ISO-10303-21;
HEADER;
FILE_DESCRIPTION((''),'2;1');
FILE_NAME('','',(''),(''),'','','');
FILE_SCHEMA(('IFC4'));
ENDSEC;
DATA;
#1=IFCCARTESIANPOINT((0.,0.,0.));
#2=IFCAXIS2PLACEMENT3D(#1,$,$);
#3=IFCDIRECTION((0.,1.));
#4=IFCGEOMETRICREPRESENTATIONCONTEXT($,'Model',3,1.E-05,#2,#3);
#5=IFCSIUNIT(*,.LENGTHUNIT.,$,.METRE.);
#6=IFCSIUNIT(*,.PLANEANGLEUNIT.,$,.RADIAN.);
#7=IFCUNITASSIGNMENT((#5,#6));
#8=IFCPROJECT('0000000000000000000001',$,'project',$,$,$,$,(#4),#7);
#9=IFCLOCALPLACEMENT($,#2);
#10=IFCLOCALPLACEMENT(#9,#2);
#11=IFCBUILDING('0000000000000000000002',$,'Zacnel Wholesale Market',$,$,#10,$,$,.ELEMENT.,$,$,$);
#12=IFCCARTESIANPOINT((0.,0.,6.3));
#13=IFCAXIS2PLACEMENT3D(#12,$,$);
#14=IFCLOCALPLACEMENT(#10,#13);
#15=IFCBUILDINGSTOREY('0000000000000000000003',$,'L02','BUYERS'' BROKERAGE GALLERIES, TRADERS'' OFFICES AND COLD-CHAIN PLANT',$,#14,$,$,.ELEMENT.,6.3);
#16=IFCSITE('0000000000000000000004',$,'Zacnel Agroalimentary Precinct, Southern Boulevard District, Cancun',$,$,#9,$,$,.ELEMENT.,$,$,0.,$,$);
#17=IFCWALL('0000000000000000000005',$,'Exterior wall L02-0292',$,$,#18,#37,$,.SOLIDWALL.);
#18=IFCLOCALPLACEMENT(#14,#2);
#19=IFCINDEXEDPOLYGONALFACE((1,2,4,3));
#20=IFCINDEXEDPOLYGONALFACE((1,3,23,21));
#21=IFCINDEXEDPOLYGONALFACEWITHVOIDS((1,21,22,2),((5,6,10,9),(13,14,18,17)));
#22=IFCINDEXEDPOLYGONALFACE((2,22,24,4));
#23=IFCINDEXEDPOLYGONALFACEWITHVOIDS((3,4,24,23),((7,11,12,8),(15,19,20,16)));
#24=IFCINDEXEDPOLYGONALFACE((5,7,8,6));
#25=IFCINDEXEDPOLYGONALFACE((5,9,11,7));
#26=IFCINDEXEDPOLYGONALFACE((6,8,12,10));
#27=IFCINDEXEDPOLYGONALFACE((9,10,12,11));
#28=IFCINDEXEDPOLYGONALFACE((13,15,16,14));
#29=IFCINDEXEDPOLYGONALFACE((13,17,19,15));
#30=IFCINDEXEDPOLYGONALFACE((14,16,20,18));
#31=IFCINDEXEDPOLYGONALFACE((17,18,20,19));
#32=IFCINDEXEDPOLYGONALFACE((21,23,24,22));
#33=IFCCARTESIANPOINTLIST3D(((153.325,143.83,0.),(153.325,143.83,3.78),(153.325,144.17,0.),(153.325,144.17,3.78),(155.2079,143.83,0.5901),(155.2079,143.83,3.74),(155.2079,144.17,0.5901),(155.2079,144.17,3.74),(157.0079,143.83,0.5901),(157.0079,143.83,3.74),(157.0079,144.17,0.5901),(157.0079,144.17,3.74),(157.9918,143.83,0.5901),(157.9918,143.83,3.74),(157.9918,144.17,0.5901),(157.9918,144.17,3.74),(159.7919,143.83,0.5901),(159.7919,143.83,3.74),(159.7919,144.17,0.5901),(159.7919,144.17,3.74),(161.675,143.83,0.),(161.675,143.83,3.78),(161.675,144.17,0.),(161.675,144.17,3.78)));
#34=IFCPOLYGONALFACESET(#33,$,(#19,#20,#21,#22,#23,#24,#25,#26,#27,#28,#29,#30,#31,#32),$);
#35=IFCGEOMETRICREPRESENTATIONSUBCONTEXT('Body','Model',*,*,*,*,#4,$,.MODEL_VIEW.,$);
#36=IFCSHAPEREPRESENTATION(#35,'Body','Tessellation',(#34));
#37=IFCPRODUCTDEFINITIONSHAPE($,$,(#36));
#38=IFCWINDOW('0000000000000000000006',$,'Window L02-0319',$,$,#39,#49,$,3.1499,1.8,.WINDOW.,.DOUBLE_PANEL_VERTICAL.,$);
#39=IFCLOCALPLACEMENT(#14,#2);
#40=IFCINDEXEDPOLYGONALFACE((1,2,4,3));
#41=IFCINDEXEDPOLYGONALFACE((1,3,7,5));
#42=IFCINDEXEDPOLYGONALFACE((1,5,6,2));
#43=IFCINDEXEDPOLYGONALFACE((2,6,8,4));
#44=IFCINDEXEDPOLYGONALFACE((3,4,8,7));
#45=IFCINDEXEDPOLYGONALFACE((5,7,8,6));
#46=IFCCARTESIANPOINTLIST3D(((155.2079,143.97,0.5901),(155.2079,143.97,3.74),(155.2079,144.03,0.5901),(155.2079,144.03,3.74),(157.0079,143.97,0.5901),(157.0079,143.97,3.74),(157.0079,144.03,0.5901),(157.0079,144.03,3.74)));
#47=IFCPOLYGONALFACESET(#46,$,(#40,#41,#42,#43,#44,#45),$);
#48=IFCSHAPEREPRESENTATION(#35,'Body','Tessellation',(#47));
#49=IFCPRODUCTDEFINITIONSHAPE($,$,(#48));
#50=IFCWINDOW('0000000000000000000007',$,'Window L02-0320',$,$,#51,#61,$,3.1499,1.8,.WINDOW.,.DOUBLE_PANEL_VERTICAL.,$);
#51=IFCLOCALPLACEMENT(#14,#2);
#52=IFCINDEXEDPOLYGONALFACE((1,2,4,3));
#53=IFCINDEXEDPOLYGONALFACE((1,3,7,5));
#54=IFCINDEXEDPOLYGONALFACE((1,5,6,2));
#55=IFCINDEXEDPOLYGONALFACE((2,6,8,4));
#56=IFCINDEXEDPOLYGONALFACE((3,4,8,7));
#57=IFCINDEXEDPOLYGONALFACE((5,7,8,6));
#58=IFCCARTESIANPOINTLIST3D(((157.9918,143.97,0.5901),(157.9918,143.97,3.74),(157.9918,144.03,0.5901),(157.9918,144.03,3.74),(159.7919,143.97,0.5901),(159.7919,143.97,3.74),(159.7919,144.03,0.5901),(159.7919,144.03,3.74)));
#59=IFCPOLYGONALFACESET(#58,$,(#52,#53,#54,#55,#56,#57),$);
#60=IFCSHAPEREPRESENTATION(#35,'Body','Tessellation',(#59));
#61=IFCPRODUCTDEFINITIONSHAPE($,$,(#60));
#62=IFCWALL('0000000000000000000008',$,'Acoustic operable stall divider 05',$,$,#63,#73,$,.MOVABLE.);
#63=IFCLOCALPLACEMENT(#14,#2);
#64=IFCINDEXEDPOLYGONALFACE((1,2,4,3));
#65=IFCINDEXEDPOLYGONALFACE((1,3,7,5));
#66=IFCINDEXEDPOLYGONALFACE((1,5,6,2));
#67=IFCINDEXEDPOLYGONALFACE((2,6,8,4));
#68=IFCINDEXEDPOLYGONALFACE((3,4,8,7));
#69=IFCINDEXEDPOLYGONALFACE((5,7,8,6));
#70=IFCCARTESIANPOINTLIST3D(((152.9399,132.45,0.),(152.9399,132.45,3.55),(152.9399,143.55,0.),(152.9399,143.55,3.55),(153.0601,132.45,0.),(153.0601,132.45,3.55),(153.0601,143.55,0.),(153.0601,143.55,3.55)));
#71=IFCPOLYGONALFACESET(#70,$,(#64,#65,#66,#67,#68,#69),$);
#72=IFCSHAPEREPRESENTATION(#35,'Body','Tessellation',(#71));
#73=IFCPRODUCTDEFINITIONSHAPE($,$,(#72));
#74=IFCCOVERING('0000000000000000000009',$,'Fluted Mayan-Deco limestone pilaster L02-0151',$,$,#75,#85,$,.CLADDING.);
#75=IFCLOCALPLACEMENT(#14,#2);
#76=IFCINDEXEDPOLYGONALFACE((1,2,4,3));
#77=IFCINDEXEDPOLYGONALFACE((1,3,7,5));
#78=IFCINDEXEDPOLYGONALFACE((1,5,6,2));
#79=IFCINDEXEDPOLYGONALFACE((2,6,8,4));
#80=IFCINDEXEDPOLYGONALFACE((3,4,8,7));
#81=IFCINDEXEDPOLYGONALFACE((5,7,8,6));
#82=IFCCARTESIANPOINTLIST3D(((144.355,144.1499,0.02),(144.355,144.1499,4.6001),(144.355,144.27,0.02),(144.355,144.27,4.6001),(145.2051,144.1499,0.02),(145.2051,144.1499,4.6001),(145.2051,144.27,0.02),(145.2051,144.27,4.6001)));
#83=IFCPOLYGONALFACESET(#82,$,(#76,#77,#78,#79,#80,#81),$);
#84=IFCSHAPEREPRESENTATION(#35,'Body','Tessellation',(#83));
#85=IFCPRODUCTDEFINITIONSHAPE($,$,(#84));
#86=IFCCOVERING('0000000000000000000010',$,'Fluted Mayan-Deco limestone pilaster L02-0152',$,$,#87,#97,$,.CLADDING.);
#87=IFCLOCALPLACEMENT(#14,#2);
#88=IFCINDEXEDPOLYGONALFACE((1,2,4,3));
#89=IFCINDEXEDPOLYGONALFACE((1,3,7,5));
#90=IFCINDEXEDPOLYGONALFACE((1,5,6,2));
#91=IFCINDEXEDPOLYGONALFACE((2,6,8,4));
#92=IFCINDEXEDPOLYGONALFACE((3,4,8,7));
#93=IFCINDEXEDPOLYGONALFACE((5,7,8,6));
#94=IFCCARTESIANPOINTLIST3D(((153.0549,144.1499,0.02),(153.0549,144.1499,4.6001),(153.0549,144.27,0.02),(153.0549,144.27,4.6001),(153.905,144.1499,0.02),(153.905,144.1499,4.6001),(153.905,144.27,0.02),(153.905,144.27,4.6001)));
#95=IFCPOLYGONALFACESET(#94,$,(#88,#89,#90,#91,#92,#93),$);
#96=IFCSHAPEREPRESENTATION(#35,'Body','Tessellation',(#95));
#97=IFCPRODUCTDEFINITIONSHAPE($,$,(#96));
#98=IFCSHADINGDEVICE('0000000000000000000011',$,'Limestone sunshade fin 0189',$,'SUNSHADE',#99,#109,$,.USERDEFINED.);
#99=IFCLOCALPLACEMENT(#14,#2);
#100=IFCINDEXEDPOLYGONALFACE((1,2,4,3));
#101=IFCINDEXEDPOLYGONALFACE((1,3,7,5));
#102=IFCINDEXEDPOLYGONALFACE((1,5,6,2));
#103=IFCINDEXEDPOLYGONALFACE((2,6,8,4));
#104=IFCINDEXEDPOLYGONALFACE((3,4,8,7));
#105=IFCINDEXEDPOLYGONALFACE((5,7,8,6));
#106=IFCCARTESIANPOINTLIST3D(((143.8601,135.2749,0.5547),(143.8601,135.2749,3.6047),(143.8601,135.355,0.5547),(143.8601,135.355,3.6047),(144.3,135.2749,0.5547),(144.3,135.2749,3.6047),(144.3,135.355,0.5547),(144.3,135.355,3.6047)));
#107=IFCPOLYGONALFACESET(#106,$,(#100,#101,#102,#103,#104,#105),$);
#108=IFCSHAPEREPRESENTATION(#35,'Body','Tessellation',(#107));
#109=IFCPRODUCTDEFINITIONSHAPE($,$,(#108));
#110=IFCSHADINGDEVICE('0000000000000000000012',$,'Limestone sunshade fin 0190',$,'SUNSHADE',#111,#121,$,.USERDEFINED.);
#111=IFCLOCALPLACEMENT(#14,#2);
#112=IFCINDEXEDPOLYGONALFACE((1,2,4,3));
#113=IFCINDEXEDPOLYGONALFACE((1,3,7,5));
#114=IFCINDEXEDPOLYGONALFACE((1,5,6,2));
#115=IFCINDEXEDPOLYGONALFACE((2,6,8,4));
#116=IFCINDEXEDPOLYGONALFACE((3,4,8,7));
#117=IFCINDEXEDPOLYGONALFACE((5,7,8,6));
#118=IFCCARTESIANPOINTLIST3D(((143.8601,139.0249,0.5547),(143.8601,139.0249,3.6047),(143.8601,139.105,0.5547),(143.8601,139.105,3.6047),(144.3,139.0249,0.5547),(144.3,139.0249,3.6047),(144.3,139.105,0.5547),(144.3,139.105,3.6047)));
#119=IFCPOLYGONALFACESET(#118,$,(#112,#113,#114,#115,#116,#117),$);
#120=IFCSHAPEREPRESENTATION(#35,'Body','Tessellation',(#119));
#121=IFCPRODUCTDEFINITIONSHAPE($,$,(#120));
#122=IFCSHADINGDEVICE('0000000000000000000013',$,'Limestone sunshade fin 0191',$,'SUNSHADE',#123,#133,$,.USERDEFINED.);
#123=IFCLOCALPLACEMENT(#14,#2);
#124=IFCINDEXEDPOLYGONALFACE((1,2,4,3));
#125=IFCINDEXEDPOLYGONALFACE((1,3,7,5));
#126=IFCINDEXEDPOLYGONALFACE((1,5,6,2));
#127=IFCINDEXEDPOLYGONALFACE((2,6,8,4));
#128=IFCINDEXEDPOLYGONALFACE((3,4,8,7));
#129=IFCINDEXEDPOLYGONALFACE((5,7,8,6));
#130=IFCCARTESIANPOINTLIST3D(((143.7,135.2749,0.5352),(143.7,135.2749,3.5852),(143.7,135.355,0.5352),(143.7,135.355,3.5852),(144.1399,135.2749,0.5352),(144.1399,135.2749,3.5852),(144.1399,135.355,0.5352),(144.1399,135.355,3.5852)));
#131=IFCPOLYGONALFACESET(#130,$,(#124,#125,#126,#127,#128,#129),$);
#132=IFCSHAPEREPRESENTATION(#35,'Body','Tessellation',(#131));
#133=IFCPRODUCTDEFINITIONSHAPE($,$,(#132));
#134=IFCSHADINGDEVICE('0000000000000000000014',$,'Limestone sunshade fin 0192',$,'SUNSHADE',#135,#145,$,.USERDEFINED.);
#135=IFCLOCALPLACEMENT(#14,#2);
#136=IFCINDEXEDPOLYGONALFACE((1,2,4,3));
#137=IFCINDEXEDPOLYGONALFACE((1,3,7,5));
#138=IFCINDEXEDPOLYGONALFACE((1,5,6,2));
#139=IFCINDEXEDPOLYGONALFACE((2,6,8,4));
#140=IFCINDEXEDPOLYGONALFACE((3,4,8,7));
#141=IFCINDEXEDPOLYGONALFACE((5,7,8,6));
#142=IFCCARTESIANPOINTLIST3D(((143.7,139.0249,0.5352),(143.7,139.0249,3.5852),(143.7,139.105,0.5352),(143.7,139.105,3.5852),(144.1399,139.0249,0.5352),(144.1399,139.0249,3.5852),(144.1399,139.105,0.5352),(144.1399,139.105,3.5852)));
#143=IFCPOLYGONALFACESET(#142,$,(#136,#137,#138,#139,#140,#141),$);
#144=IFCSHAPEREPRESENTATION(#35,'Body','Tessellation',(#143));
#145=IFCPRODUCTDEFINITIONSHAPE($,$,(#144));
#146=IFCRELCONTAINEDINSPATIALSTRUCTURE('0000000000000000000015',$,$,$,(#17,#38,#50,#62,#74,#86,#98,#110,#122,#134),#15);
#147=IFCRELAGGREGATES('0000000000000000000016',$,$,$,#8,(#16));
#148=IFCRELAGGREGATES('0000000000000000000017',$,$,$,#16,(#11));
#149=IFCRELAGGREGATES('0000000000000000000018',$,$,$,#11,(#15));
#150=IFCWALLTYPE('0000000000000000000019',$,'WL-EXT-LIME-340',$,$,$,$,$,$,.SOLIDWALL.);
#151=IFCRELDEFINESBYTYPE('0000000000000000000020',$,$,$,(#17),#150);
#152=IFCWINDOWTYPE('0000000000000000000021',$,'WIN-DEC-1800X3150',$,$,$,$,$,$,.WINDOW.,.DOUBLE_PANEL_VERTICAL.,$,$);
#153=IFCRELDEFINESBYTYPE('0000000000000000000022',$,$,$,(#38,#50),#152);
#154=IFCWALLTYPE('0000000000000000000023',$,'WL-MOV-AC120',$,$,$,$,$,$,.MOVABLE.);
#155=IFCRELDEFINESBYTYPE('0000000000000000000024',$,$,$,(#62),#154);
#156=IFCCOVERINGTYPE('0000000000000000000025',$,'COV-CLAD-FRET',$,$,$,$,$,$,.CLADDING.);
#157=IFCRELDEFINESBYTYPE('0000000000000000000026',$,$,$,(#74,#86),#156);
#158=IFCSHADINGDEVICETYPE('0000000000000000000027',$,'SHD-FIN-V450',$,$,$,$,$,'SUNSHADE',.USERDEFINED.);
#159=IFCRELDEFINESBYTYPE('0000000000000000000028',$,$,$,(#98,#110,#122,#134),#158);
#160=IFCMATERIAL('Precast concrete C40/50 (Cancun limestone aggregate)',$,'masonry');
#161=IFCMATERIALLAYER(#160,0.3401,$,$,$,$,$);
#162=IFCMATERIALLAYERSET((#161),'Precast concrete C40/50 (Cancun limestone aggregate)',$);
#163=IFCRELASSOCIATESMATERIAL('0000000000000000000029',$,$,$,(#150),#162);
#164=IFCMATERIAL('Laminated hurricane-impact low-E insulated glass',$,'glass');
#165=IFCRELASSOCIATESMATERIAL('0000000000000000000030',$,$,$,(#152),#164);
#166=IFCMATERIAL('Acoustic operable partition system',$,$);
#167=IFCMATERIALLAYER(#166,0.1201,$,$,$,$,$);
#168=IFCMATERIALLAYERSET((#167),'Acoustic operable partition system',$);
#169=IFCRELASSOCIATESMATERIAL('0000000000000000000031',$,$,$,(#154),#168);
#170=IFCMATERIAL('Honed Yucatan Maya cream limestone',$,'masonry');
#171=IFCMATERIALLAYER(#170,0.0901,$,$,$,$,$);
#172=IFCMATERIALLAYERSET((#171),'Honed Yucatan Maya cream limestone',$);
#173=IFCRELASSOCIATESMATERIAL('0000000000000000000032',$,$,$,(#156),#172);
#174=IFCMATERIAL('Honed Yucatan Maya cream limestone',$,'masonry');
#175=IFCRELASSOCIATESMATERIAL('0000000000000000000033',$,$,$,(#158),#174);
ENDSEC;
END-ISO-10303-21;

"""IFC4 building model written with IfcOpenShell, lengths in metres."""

from ifc_helpers import new_model, si_unit, direction, frame, frame_2d, origin, origin_2d, place, context, subcontext, project, spatial, rectangle, extrude, material, layer, layer_set, type_object, element, fill, save


model = new_model("IFC4")

# Units and contexts
model_context = context("Model", 3, precision=1e-05, world=origin(), true_north=direction((0.0, 1.0)))
body_context = subcontext(model_context, "Body", "Model", "MODEL_VIEW")
ifc_project = project(units=[si_unit("LENGTHUNIT", "METRE"), si_unit("PLANEANGLEUNIT", "RADIAN")], contexts=[model_context])

# Site, building, storey
site_placement = place(None, origin())
site = spatial("IfcSite", under=ifc_project, at=site_placement, Name="Zacnel Agroalimentary Precinct, Southern Boulevard District, Cancun", CompositionType="ELEMENT", RefElevation=0.0)
building_placement = place(site_placement, origin())
building = spatial("IfcBuilding", under=site, at=building_placement, Name="Zacnel Wholesale Market", CompositionType="ELEMENT")
storey_placement = place(building_placement, frame((0.0, 0.0, 6.3)))
storey = spatial("IfcBuildingStorey", under=building, at=storey_placement, Name="L02", Description="BUYERS' BROKERAGE GALLERIES, TRADERS' OFFICES AND COLD-CHAIN PLANT", CompositionType="ELEMENT", Elevation=6.3)

# Wall, openings, windows
ifc_material_1 = material(Name="Precast concrete C40/50 (Cancun limestone aggregate)", Category="masonry")
ifc_layer_1 = layer(ifc_material_1, 0.3401)
ifc_layer_set_1 = layer_set([ifc_layer_1], Name="Precast concrete C40/50 (Cancun limestone aggregate)")
wall_type_1 = type_object("IfcWallType", Name="WL-EXT-LIME-340", PredefinedType="SOLIDWALL", material=ifc_layer_set_1)
wall_1_placement = place(storey_placement, frame((153.325, 144.0, 0.0), z_axis=(0.0, 0.0, 1.0), x_axis=(1.0, 0.0, 0.0)))
wall_1 = element("IfcWall", 1, at=wall_1_placement, inside=storey, type_object=wall_type_1, Name="Exterior wall L02-0292", PredefinedType="SOLIDWALL", context=body_context, shape_type="SweptSolid", body=[
    extrude(rectangle(XDim=8.3501, YDim=0.3401, at=frame_2d((4.175, 0.0))), origin(), (0.0, 0.0, 1.0), 3.78),
])
opening_1_placement = place(wall_1_placement, frame((1.8831, 0.0, 0.5901)))
opening_1 = element("IfcOpeningElement", 2, at=opening_1_placement, cuts=wall_1, PredefinedType="OPENING", context=body_context, shape_type="SweptSolid", body=[
    extrude(rectangle(XDim=1.8, YDim=3.1499, at=frame_2d((0.8999, 1.575))), frame((0.0, 0.1799, 0.0), z_axis=(0.0, -1.0, 0.0), x_axis=(1.0, 0.0, 0.0)), (0.0, 0.0, 1.0), 0.3601),
])
opening_2_placement = place(wall_1_placement, frame((4.667, 0.0, 0.5901)))
opening_2 = element("IfcOpeningElement", 3, at=opening_2_placement, cuts=wall_1, PredefinedType="OPENING", context=body_context, shape_type="SweptSolid", body=[
    extrude(rectangle(XDim=1.8, YDim=3.1499, at=frame_2d((0.8999, 1.575))), frame((0.0, 0.1799, 0.0), z_axis=(0.0, -1.0, 0.0), x_axis=(1.0, 0.0, 0.0)), (0.0, 0.0, 1.0), 0.3601),
])
ifc_material_2 = material(Name="Laminated hurricane-impact low-E insulated glass", Category="glass")
window_type_1 = type_object("IfcWindowType", Name="WIN-DEC-1800X3150", PartitioningType="DOUBLE_PANEL_VERTICAL", PredefinedType="WINDOW", material=ifc_material_2)
window_1_placement = place(opening_1_placement, origin())
window_1 = element("IfcWindow", 4, at=window_1_placement, inside=storey, type_object=window_type_1, Name="Window L02-0319", OverallHeight=3.1499, OverallWidth=1.8, PartitioningType="DOUBLE_PANEL_VERTICAL", PredefinedType="WINDOW", context=body_context, shape_type="SweptSolid", body=[
    extrude(rectangle(XDim=1.8, YDim=3.1499, at=frame_2d((0.8999, 1.575))), frame((0.0, 0.03, 0.0), z_axis=(0.0, -1.0, 0.0), x_axis=(1.0, 0.0, 0.0)), (0.0, 0.0, 1.0), 0.0601),
])
fill(opening_1, window_1)
window_2_placement = place(opening_2_placement, origin())
window_2 = element("IfcWindow", 5, at=window_2_placement, inside=storey, type_object=window_type_1, Name="Window L02-0320", OverallHeight=3.1499, OverallWidth=1.8, PartitioningType="DOUBLE_PANEL_VERTICAL", PredefinedType="WINDOW", context=body_context, shape_type="SweptSolid", body=[
    extrude(rectangle(XDim=1.8, YDim=3.1499, at=frame_2d((0.8999, 1.575))), frame((0.0, 0.03, 0.0), z_axis=(0.0, -1.0, 0.0), x_axis=(1.0, 0.0, 0.0)), (0.0, 0.0, 1.0), 0.0601),
])
fill(opening_2, window_2)

# Wall
ifc_material_3 = material(Name="Acoustic operable partition system")
ifc_layer_2 = layer(ifc_material_3, 0.1201)
ifc_layer_set_2 = layer_set([ifc_layer_2], Name="Acoustic operable partition system")
wall_type_2 = type_object("IfcWallType", Name="WL-MOV-AC120", PredefinedType="MOVABLE", material=ifc_layer_set_2)
wall_2_placement = place(storey_placement, frame((153.0, 132.45, 0.0), z_axis=(0.0, 0.0, 1.0), x_axis=(0.0, 1.0, 0.0)))
element("IfcWall", 6, at=wall_2_placement, inside=storey, type_object=wall_type_2, Name="Acoustic operable stall divider 05", PredefinedType="MOVABLE", context=body_context, shape_type="SweptSolid", body=[
    extrude(rectangle(XDim=11.1001, YDim=0.1201, at=frame_2d((5.55, 0.0))), origin(), (0.0, 0.0, 1.0), 3.55),
])

# Coverings
ifc_material_4 = material(Name="Honed Yucatan Maya cream limestone", Category="masonry")
ifc_layer_3 = layer(ifc_material_4, 0.0901)
ifc_layer_set_3 = layer_set([ifc_layer_3], Name="Honed Yucatan Maya cream limestone")
covering_type = type_object("IfcCoveringType", Name="COV-CLAD-FRET", PredefinedType="CLADDING", material=ifc_layer_set_3)
for number, where, z_axis, x_axis, name in (
    (7, (144.78, 144.21, 0.02), (0.0, 0.0, 1.0), (1.0, 0.0, 0.0), "Fluted Mayan-Deco limestone pilaster L02-0151"),
    (8, (153.48, 144.21, 0.02), (0.0, 0.0, 1.0), (1.0, 0.0, 0.0), "Fluted Mayan-Deco limestone pilaster L02-0152"),
):
    element("IfcCovering", number, at=place(storey_placement, frame(where, z_axis=z_axis, x_axis=x_axis)), inside=storey, type_object=covering_type, Name=name, PredefinedType="CLADDING", context=body_context, shape_type="SweptSolid", body=[
        extrude(rectangle(XDim=0.8501, YDim=0.1201, at=origin_2d()), origin(), (0.0, 0.0, 1.0), 4.5801),
    ])

# Shading devices
ifc_material_5 = material(Name="Honed Yucatan Maya cream limestone", Category="masonry")
shading_device_type = type_object("IfcShadingDeviceType", Name="SHD-FIN-V450", ElementType="SUNSHADE", PredefinedType="USERDEFINED", material=ifc_material_5)
for number, where, z_axis, x_axis, name in (
    (9, (144.0801, 135.3149, 0.5547), (0.0, 0.0, 1.0), (0.0, 1.0, 0.0), "Limestone sunshade fin 0189"),
    (10, (144.0801, 139.0649, 0.5547), (0.0, 0.0, 1.0), (0.0, 1.0, 0.0), "Limestone sunshade fin 0190"),
    (11, (143.9199, 135.3149, 0.5352), (0.0, 0.0, 1.0), (0.0, 1.0, 0.0), "Limestone sunshade fin 0191"),
    (12, (143.9199, 139.0649, 0.5352), (0.0, 0.0, 1.0), (0.0, 1.0, 0.0), "Limestone sunshade fin 0192"),
):
    element("IfcShadingDevice", number, at=place(storey_placement, frame(where, z_axis=z_axis, x_axis=x_axis)), inside=storey, type_object=shading_device_type, Name=name, ObjectType="SUNSHADE", PredefinedType="USERDEFINED", context=body_context, shape_type="SweptSolid", body=[
        extrude(rectangle(XDim=0.0801, YDim=0.4399, at=origin_2d()), origin(), (0.0, 0.0, 1.0), 3.05),
    ])

save(model, "model.ifc")
